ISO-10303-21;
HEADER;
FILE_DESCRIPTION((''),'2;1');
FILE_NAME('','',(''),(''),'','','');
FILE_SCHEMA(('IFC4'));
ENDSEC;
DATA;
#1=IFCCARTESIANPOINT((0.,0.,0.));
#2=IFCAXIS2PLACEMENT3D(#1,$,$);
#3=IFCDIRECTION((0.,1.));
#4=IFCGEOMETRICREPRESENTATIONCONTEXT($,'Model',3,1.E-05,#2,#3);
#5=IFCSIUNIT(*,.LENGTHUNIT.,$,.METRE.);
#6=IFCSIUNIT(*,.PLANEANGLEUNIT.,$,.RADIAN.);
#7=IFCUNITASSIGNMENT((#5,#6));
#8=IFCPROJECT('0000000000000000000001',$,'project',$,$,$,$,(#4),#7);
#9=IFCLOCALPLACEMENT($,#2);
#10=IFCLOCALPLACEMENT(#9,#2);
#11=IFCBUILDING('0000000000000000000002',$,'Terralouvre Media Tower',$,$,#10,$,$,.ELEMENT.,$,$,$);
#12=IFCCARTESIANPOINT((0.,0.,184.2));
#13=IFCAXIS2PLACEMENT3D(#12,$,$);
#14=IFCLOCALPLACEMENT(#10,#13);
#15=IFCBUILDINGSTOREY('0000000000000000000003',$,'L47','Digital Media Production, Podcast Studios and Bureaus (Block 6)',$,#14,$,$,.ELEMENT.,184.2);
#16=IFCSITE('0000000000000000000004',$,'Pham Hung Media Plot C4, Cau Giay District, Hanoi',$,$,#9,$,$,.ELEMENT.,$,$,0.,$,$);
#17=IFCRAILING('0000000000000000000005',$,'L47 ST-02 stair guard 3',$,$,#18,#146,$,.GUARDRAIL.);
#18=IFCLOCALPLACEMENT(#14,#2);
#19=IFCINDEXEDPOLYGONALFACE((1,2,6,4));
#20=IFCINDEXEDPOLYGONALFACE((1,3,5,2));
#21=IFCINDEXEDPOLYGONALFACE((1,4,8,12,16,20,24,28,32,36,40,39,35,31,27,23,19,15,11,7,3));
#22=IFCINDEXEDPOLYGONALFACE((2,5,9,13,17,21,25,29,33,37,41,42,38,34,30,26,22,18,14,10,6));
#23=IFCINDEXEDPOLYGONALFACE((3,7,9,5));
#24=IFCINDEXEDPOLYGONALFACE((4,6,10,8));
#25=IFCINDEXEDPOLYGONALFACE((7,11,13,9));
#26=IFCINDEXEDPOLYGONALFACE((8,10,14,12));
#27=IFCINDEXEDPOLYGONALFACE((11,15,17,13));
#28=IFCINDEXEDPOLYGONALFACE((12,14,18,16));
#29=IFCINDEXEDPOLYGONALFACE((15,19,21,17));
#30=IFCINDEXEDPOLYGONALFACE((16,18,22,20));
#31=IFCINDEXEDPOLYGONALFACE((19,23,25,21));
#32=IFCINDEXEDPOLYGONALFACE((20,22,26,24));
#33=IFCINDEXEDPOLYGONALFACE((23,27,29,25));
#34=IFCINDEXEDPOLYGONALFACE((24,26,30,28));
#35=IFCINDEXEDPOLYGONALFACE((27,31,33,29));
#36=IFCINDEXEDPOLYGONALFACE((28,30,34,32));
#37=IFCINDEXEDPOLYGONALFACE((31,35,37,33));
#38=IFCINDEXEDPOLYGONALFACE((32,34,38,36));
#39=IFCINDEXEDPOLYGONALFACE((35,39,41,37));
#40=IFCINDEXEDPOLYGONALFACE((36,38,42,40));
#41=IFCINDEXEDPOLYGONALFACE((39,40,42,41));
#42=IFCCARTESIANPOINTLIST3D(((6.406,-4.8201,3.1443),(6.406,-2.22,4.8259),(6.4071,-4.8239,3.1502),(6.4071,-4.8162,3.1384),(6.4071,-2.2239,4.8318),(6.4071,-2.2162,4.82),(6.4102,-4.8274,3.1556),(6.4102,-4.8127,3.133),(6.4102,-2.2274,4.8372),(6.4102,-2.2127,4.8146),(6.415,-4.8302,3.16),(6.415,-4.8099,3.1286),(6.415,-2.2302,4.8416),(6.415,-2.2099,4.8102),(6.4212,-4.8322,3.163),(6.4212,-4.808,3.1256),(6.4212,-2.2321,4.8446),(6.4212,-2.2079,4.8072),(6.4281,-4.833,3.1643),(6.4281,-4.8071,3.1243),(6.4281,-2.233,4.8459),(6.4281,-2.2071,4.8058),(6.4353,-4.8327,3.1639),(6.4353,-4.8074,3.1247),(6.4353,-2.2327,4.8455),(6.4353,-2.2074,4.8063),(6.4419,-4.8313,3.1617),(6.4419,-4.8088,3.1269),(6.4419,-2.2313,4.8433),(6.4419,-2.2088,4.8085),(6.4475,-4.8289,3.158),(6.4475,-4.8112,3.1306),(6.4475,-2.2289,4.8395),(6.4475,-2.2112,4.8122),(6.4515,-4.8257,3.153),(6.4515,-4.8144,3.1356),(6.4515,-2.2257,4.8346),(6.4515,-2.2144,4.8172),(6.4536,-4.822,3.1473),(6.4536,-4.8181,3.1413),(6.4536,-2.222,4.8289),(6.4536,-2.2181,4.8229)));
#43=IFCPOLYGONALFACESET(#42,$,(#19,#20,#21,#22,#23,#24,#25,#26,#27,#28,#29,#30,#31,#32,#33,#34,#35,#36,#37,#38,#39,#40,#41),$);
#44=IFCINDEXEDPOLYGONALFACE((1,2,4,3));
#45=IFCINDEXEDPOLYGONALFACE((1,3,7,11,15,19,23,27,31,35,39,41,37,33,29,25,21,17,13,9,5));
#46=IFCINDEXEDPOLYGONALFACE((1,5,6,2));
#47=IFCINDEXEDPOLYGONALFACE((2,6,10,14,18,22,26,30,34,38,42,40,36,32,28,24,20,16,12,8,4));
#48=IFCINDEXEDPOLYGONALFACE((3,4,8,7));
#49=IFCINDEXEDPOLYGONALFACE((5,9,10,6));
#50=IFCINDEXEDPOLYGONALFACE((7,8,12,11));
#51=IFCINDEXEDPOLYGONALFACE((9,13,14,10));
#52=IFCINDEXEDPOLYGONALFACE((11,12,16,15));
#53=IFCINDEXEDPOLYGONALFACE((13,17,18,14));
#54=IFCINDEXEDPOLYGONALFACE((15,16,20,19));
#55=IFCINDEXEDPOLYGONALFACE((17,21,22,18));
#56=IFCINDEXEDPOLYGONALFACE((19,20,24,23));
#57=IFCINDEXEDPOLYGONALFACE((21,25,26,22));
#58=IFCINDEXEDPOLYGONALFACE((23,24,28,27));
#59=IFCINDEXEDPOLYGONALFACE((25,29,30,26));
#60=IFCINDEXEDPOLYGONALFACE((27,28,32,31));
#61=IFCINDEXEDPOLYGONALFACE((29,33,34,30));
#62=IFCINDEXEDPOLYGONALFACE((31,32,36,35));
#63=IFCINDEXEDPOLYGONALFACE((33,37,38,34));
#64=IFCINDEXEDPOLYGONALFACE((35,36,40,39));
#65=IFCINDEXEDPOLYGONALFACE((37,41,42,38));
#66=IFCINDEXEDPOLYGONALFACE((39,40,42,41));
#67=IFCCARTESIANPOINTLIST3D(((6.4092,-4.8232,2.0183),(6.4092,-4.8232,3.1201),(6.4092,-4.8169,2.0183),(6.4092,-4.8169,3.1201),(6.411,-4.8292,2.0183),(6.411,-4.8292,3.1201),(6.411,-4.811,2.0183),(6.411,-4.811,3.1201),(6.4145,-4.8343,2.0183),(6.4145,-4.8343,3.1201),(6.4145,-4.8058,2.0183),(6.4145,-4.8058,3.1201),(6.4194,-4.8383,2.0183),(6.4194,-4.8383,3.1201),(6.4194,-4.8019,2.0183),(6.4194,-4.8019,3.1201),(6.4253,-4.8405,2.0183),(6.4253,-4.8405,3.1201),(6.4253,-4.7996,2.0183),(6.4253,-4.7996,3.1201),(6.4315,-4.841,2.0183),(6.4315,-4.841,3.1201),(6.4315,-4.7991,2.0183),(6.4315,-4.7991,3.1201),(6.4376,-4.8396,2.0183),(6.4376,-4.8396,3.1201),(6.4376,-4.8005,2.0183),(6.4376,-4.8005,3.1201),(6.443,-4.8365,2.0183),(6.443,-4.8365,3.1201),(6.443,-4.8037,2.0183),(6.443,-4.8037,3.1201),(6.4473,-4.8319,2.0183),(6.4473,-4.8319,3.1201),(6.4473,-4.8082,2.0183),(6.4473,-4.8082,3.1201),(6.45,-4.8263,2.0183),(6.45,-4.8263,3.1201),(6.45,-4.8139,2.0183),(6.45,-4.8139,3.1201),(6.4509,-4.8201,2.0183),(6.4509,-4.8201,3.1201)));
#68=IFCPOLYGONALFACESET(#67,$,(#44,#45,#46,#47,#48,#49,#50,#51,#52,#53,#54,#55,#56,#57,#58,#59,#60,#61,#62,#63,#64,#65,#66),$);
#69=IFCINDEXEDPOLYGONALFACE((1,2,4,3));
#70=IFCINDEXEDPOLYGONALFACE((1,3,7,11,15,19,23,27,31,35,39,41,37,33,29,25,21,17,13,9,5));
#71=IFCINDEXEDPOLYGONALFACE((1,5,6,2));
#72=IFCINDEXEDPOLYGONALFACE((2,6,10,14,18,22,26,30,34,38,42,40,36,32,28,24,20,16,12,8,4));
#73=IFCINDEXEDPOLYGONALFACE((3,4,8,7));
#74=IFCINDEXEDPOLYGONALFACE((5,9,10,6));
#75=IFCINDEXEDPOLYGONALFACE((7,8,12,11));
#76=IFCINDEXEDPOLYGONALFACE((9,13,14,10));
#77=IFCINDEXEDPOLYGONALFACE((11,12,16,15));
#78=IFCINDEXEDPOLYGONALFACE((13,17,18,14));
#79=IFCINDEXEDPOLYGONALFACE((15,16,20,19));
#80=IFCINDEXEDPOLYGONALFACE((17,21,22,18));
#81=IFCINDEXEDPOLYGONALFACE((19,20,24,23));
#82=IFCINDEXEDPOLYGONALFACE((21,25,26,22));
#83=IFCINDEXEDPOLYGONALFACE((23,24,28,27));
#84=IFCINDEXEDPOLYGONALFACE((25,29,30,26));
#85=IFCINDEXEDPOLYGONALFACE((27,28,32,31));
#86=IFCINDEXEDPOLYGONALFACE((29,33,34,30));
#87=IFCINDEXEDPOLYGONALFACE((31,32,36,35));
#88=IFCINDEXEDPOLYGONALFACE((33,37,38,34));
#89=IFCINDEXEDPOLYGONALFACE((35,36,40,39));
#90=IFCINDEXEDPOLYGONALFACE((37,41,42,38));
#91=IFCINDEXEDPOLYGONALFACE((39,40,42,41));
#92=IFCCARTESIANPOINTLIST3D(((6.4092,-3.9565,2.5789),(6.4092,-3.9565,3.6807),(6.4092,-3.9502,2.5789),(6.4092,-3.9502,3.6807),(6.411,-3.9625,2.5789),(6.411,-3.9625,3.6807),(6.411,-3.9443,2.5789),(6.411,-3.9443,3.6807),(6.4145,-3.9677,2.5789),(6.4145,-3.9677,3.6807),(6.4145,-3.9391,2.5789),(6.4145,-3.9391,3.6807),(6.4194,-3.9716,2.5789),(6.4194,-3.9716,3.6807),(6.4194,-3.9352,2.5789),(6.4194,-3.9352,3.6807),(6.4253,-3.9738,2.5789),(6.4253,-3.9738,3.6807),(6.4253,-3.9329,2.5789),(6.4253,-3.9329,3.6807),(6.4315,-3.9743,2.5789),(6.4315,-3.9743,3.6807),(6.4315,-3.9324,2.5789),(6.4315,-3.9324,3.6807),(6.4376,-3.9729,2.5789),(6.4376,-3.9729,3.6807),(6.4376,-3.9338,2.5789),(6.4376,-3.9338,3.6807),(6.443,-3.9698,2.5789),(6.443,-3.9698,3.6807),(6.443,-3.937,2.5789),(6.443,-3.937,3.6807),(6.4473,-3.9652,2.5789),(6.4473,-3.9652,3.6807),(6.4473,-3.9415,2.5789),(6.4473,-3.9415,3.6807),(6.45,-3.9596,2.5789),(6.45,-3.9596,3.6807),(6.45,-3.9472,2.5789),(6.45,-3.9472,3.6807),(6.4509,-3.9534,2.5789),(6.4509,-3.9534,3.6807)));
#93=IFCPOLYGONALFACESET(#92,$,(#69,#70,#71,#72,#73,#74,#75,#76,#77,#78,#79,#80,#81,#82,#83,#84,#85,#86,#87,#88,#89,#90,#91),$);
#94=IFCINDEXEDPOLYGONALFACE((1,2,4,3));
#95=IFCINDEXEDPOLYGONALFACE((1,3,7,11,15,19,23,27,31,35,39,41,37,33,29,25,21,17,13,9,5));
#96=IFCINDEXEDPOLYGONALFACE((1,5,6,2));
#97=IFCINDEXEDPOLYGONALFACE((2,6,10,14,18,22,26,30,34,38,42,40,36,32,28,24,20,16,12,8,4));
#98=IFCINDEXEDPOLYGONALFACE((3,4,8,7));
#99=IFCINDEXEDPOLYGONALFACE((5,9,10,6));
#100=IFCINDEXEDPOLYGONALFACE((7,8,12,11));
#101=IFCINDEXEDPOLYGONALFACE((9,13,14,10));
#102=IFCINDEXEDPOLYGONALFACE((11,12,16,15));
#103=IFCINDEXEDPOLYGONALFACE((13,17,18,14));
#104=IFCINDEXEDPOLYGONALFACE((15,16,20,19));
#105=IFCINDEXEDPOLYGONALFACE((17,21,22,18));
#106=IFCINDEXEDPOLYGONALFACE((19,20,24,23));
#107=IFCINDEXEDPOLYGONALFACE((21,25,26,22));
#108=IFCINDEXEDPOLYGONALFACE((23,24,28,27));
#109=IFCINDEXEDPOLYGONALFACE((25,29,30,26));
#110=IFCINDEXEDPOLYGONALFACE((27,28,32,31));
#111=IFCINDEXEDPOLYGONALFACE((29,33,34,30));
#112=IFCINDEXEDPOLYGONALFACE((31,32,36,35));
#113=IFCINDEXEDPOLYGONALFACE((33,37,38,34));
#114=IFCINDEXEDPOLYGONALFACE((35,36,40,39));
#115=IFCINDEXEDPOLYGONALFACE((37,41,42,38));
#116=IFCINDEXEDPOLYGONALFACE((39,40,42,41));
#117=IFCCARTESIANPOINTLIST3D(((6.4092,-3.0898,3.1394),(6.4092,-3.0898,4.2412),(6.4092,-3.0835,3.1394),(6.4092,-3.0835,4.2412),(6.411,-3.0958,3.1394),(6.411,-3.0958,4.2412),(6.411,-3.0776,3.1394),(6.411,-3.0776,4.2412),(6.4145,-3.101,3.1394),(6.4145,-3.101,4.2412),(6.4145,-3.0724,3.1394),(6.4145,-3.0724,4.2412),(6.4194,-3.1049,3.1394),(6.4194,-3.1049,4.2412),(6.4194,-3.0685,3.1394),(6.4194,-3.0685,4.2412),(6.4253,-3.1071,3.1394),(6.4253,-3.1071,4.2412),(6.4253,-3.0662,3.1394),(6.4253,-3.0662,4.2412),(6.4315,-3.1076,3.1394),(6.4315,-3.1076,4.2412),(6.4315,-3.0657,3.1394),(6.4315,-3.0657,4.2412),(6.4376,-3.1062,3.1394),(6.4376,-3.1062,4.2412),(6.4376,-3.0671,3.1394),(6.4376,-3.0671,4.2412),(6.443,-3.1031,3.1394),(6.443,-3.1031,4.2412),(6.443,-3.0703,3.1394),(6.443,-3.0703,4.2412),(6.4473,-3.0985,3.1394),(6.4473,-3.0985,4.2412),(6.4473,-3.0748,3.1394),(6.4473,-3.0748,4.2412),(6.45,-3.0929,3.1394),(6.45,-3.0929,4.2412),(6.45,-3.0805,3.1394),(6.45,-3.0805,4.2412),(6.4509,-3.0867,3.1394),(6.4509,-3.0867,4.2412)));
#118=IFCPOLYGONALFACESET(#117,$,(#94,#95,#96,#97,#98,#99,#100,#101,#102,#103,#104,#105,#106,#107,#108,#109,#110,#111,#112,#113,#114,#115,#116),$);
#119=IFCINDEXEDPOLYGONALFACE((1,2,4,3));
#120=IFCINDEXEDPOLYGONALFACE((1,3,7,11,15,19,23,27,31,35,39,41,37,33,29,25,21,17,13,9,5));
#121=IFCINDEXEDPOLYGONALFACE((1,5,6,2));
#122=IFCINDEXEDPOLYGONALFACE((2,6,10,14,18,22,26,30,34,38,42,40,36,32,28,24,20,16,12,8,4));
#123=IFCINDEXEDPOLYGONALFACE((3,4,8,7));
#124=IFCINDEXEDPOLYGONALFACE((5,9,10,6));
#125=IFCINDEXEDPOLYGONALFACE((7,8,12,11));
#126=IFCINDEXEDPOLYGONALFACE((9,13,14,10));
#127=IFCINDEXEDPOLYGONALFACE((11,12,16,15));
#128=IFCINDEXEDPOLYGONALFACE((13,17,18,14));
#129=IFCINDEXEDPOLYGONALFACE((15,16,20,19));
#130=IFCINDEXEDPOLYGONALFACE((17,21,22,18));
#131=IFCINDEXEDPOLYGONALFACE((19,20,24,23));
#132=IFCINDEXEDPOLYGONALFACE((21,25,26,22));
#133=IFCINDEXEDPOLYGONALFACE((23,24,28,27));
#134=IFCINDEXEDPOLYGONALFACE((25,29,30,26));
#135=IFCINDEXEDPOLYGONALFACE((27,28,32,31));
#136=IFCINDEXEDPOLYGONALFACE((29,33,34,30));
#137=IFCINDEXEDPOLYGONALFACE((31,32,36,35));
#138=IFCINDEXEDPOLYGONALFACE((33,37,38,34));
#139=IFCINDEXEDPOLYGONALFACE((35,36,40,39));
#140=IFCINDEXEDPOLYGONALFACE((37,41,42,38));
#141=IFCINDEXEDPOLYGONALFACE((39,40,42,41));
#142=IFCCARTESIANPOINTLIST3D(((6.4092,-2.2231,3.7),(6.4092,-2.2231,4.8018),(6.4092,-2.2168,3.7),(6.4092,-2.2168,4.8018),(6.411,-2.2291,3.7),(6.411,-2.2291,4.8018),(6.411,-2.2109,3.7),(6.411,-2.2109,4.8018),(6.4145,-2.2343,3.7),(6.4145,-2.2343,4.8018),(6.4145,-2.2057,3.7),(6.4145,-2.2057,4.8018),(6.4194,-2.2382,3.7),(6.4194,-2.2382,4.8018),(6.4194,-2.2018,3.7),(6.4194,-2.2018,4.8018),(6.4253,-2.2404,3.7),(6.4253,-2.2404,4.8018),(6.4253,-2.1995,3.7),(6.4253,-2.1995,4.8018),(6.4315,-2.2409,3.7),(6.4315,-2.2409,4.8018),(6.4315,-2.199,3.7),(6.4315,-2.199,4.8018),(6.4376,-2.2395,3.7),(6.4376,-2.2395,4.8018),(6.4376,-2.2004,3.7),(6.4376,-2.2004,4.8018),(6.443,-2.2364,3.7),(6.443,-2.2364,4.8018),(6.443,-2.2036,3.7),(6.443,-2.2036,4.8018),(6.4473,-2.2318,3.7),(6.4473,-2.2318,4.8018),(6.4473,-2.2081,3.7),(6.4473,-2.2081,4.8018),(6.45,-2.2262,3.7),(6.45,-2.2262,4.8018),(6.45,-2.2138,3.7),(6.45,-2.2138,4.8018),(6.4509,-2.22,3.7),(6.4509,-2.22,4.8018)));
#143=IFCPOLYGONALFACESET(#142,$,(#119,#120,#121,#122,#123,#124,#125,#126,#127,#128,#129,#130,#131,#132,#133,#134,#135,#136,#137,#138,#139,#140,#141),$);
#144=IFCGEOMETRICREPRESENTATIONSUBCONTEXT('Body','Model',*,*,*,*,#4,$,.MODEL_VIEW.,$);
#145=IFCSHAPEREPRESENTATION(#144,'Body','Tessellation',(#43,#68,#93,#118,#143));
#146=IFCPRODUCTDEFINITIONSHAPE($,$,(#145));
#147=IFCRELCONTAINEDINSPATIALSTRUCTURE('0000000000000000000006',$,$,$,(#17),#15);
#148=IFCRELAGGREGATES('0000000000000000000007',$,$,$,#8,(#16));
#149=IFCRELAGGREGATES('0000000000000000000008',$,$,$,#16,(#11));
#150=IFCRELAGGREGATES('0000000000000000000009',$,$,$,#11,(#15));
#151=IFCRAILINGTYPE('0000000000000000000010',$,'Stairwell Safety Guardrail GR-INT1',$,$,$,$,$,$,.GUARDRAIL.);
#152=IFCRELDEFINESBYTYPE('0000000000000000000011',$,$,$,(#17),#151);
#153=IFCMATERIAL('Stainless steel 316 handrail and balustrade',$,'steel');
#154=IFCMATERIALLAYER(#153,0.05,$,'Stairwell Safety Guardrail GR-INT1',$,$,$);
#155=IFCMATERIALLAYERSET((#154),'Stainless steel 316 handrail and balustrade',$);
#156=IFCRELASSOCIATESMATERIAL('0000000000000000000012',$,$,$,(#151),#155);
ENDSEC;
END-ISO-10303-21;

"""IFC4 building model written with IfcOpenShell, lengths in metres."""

from ifc_helpers import new_model, si_unit, direction, frame, origin, origin_2d, place, context, subcontext, project, spatial, circle, extrude, material, layer, layer_set, type_object, element, save


model = new_model("IFC4")

# Units and contexts
model_context = context("Model", 3, precision=1e-05, world=origin(), true_north=direction((0.0, 1.0)))
body_context = subcontext(model_context, "Body", "Model", "MODEL_VIEW")
ifc_project = project(units=[si_unit("LENGTHUNIT", "METRE"), si_unit("PLANEANGLEUNIT", "RADIAN")], contexts=[model_context])

# Site, building, storey
site_placement = place(None, origin())
site = spatial("IfcSite", under=ifc_project, at=site_placement, Name="Pham Hung Media Plot C4, Cau Giay District, Hanoi", CompositionType="ELEMENT", RefElevation=0.0)
building_placement = place(site_placement, origin())
building = spatial("IfcBuilding", under=site, at=building_placement, Name="Terralouvre Media Tower", CompositionType="ELEMENT")
storey_placement = place(building_placement, frame((0.0, 0.0, 184.2)))
storey = spatial("IfcBuildingStorey", under=building, at=storey_placement, Name="L47", Description="Digital Media Production, Podcast Studios and Bureaus (Block 6)", CompositionType="ELEMENT", Elevation=184.2)

# Railing
ifc_material_1 = material(Name="Stainless steel 316 handrail and balustrade", Category="steel")
ifc_layer_1 = layer(ifc_material_1, 0.05, Name="Stairwell Safety Guardrail GR-INT1")
ifc_layer_set_1 = layer_set([ifc_layer_1], Name="Stainless steel 316 handrail and balustrade")
railing_type_1 = type_object("IfcRailingType", Name="Stairwell Safety Guardrail GR-INT1", PredefinedType="GUARDRAIL", material=ifc_layer_set_1)
railing_1_placement = place(storey_placement, frame((6.4299, -4.8201, 2.0183)))
element("IfcRailing", 1, at=railing_1_placement, inside=storey, type_object=railing_type_1, Name="L47 ST-02 stair guard 3", PredefinedType="GUARDRAIL", context=body_context, shape_type="SweptSolid", body=[
    extrude(circle(Radius=0.0239, at=origin_2d()), frame((0.0, 0.0, 1.126), z_axis=(0.0, 0.839684, 0.543075), x_axis=(-1.0, 0.0, 0.0)), (0.0, 0.0, 1.0), 3.0964),
    extrude(circle(Radius=0.021, at=origin_2d()), origin(), (0.0, 0.0, 1.0), 1.1018),
    extrude(circle(Radius=0.021, at=origin_2d()), frame((0.0, 0.8667, 0.5605)), (0.0, 0.0, 1.0), 1.1018),
    extrude(circle(Radius=0.021, at=origin_2d()), frame((0.0, 1.7334, 1.1211)), (0.0, 0.0, 1.0), 1.1018),
    extrude(circle(Radius=0.021, at=origin_2d()), frame((0.0, 2.6001, 1.6816)), (0.0, 0.0, 1.0), 1.1018),
])

save(model, "model.ifc")
